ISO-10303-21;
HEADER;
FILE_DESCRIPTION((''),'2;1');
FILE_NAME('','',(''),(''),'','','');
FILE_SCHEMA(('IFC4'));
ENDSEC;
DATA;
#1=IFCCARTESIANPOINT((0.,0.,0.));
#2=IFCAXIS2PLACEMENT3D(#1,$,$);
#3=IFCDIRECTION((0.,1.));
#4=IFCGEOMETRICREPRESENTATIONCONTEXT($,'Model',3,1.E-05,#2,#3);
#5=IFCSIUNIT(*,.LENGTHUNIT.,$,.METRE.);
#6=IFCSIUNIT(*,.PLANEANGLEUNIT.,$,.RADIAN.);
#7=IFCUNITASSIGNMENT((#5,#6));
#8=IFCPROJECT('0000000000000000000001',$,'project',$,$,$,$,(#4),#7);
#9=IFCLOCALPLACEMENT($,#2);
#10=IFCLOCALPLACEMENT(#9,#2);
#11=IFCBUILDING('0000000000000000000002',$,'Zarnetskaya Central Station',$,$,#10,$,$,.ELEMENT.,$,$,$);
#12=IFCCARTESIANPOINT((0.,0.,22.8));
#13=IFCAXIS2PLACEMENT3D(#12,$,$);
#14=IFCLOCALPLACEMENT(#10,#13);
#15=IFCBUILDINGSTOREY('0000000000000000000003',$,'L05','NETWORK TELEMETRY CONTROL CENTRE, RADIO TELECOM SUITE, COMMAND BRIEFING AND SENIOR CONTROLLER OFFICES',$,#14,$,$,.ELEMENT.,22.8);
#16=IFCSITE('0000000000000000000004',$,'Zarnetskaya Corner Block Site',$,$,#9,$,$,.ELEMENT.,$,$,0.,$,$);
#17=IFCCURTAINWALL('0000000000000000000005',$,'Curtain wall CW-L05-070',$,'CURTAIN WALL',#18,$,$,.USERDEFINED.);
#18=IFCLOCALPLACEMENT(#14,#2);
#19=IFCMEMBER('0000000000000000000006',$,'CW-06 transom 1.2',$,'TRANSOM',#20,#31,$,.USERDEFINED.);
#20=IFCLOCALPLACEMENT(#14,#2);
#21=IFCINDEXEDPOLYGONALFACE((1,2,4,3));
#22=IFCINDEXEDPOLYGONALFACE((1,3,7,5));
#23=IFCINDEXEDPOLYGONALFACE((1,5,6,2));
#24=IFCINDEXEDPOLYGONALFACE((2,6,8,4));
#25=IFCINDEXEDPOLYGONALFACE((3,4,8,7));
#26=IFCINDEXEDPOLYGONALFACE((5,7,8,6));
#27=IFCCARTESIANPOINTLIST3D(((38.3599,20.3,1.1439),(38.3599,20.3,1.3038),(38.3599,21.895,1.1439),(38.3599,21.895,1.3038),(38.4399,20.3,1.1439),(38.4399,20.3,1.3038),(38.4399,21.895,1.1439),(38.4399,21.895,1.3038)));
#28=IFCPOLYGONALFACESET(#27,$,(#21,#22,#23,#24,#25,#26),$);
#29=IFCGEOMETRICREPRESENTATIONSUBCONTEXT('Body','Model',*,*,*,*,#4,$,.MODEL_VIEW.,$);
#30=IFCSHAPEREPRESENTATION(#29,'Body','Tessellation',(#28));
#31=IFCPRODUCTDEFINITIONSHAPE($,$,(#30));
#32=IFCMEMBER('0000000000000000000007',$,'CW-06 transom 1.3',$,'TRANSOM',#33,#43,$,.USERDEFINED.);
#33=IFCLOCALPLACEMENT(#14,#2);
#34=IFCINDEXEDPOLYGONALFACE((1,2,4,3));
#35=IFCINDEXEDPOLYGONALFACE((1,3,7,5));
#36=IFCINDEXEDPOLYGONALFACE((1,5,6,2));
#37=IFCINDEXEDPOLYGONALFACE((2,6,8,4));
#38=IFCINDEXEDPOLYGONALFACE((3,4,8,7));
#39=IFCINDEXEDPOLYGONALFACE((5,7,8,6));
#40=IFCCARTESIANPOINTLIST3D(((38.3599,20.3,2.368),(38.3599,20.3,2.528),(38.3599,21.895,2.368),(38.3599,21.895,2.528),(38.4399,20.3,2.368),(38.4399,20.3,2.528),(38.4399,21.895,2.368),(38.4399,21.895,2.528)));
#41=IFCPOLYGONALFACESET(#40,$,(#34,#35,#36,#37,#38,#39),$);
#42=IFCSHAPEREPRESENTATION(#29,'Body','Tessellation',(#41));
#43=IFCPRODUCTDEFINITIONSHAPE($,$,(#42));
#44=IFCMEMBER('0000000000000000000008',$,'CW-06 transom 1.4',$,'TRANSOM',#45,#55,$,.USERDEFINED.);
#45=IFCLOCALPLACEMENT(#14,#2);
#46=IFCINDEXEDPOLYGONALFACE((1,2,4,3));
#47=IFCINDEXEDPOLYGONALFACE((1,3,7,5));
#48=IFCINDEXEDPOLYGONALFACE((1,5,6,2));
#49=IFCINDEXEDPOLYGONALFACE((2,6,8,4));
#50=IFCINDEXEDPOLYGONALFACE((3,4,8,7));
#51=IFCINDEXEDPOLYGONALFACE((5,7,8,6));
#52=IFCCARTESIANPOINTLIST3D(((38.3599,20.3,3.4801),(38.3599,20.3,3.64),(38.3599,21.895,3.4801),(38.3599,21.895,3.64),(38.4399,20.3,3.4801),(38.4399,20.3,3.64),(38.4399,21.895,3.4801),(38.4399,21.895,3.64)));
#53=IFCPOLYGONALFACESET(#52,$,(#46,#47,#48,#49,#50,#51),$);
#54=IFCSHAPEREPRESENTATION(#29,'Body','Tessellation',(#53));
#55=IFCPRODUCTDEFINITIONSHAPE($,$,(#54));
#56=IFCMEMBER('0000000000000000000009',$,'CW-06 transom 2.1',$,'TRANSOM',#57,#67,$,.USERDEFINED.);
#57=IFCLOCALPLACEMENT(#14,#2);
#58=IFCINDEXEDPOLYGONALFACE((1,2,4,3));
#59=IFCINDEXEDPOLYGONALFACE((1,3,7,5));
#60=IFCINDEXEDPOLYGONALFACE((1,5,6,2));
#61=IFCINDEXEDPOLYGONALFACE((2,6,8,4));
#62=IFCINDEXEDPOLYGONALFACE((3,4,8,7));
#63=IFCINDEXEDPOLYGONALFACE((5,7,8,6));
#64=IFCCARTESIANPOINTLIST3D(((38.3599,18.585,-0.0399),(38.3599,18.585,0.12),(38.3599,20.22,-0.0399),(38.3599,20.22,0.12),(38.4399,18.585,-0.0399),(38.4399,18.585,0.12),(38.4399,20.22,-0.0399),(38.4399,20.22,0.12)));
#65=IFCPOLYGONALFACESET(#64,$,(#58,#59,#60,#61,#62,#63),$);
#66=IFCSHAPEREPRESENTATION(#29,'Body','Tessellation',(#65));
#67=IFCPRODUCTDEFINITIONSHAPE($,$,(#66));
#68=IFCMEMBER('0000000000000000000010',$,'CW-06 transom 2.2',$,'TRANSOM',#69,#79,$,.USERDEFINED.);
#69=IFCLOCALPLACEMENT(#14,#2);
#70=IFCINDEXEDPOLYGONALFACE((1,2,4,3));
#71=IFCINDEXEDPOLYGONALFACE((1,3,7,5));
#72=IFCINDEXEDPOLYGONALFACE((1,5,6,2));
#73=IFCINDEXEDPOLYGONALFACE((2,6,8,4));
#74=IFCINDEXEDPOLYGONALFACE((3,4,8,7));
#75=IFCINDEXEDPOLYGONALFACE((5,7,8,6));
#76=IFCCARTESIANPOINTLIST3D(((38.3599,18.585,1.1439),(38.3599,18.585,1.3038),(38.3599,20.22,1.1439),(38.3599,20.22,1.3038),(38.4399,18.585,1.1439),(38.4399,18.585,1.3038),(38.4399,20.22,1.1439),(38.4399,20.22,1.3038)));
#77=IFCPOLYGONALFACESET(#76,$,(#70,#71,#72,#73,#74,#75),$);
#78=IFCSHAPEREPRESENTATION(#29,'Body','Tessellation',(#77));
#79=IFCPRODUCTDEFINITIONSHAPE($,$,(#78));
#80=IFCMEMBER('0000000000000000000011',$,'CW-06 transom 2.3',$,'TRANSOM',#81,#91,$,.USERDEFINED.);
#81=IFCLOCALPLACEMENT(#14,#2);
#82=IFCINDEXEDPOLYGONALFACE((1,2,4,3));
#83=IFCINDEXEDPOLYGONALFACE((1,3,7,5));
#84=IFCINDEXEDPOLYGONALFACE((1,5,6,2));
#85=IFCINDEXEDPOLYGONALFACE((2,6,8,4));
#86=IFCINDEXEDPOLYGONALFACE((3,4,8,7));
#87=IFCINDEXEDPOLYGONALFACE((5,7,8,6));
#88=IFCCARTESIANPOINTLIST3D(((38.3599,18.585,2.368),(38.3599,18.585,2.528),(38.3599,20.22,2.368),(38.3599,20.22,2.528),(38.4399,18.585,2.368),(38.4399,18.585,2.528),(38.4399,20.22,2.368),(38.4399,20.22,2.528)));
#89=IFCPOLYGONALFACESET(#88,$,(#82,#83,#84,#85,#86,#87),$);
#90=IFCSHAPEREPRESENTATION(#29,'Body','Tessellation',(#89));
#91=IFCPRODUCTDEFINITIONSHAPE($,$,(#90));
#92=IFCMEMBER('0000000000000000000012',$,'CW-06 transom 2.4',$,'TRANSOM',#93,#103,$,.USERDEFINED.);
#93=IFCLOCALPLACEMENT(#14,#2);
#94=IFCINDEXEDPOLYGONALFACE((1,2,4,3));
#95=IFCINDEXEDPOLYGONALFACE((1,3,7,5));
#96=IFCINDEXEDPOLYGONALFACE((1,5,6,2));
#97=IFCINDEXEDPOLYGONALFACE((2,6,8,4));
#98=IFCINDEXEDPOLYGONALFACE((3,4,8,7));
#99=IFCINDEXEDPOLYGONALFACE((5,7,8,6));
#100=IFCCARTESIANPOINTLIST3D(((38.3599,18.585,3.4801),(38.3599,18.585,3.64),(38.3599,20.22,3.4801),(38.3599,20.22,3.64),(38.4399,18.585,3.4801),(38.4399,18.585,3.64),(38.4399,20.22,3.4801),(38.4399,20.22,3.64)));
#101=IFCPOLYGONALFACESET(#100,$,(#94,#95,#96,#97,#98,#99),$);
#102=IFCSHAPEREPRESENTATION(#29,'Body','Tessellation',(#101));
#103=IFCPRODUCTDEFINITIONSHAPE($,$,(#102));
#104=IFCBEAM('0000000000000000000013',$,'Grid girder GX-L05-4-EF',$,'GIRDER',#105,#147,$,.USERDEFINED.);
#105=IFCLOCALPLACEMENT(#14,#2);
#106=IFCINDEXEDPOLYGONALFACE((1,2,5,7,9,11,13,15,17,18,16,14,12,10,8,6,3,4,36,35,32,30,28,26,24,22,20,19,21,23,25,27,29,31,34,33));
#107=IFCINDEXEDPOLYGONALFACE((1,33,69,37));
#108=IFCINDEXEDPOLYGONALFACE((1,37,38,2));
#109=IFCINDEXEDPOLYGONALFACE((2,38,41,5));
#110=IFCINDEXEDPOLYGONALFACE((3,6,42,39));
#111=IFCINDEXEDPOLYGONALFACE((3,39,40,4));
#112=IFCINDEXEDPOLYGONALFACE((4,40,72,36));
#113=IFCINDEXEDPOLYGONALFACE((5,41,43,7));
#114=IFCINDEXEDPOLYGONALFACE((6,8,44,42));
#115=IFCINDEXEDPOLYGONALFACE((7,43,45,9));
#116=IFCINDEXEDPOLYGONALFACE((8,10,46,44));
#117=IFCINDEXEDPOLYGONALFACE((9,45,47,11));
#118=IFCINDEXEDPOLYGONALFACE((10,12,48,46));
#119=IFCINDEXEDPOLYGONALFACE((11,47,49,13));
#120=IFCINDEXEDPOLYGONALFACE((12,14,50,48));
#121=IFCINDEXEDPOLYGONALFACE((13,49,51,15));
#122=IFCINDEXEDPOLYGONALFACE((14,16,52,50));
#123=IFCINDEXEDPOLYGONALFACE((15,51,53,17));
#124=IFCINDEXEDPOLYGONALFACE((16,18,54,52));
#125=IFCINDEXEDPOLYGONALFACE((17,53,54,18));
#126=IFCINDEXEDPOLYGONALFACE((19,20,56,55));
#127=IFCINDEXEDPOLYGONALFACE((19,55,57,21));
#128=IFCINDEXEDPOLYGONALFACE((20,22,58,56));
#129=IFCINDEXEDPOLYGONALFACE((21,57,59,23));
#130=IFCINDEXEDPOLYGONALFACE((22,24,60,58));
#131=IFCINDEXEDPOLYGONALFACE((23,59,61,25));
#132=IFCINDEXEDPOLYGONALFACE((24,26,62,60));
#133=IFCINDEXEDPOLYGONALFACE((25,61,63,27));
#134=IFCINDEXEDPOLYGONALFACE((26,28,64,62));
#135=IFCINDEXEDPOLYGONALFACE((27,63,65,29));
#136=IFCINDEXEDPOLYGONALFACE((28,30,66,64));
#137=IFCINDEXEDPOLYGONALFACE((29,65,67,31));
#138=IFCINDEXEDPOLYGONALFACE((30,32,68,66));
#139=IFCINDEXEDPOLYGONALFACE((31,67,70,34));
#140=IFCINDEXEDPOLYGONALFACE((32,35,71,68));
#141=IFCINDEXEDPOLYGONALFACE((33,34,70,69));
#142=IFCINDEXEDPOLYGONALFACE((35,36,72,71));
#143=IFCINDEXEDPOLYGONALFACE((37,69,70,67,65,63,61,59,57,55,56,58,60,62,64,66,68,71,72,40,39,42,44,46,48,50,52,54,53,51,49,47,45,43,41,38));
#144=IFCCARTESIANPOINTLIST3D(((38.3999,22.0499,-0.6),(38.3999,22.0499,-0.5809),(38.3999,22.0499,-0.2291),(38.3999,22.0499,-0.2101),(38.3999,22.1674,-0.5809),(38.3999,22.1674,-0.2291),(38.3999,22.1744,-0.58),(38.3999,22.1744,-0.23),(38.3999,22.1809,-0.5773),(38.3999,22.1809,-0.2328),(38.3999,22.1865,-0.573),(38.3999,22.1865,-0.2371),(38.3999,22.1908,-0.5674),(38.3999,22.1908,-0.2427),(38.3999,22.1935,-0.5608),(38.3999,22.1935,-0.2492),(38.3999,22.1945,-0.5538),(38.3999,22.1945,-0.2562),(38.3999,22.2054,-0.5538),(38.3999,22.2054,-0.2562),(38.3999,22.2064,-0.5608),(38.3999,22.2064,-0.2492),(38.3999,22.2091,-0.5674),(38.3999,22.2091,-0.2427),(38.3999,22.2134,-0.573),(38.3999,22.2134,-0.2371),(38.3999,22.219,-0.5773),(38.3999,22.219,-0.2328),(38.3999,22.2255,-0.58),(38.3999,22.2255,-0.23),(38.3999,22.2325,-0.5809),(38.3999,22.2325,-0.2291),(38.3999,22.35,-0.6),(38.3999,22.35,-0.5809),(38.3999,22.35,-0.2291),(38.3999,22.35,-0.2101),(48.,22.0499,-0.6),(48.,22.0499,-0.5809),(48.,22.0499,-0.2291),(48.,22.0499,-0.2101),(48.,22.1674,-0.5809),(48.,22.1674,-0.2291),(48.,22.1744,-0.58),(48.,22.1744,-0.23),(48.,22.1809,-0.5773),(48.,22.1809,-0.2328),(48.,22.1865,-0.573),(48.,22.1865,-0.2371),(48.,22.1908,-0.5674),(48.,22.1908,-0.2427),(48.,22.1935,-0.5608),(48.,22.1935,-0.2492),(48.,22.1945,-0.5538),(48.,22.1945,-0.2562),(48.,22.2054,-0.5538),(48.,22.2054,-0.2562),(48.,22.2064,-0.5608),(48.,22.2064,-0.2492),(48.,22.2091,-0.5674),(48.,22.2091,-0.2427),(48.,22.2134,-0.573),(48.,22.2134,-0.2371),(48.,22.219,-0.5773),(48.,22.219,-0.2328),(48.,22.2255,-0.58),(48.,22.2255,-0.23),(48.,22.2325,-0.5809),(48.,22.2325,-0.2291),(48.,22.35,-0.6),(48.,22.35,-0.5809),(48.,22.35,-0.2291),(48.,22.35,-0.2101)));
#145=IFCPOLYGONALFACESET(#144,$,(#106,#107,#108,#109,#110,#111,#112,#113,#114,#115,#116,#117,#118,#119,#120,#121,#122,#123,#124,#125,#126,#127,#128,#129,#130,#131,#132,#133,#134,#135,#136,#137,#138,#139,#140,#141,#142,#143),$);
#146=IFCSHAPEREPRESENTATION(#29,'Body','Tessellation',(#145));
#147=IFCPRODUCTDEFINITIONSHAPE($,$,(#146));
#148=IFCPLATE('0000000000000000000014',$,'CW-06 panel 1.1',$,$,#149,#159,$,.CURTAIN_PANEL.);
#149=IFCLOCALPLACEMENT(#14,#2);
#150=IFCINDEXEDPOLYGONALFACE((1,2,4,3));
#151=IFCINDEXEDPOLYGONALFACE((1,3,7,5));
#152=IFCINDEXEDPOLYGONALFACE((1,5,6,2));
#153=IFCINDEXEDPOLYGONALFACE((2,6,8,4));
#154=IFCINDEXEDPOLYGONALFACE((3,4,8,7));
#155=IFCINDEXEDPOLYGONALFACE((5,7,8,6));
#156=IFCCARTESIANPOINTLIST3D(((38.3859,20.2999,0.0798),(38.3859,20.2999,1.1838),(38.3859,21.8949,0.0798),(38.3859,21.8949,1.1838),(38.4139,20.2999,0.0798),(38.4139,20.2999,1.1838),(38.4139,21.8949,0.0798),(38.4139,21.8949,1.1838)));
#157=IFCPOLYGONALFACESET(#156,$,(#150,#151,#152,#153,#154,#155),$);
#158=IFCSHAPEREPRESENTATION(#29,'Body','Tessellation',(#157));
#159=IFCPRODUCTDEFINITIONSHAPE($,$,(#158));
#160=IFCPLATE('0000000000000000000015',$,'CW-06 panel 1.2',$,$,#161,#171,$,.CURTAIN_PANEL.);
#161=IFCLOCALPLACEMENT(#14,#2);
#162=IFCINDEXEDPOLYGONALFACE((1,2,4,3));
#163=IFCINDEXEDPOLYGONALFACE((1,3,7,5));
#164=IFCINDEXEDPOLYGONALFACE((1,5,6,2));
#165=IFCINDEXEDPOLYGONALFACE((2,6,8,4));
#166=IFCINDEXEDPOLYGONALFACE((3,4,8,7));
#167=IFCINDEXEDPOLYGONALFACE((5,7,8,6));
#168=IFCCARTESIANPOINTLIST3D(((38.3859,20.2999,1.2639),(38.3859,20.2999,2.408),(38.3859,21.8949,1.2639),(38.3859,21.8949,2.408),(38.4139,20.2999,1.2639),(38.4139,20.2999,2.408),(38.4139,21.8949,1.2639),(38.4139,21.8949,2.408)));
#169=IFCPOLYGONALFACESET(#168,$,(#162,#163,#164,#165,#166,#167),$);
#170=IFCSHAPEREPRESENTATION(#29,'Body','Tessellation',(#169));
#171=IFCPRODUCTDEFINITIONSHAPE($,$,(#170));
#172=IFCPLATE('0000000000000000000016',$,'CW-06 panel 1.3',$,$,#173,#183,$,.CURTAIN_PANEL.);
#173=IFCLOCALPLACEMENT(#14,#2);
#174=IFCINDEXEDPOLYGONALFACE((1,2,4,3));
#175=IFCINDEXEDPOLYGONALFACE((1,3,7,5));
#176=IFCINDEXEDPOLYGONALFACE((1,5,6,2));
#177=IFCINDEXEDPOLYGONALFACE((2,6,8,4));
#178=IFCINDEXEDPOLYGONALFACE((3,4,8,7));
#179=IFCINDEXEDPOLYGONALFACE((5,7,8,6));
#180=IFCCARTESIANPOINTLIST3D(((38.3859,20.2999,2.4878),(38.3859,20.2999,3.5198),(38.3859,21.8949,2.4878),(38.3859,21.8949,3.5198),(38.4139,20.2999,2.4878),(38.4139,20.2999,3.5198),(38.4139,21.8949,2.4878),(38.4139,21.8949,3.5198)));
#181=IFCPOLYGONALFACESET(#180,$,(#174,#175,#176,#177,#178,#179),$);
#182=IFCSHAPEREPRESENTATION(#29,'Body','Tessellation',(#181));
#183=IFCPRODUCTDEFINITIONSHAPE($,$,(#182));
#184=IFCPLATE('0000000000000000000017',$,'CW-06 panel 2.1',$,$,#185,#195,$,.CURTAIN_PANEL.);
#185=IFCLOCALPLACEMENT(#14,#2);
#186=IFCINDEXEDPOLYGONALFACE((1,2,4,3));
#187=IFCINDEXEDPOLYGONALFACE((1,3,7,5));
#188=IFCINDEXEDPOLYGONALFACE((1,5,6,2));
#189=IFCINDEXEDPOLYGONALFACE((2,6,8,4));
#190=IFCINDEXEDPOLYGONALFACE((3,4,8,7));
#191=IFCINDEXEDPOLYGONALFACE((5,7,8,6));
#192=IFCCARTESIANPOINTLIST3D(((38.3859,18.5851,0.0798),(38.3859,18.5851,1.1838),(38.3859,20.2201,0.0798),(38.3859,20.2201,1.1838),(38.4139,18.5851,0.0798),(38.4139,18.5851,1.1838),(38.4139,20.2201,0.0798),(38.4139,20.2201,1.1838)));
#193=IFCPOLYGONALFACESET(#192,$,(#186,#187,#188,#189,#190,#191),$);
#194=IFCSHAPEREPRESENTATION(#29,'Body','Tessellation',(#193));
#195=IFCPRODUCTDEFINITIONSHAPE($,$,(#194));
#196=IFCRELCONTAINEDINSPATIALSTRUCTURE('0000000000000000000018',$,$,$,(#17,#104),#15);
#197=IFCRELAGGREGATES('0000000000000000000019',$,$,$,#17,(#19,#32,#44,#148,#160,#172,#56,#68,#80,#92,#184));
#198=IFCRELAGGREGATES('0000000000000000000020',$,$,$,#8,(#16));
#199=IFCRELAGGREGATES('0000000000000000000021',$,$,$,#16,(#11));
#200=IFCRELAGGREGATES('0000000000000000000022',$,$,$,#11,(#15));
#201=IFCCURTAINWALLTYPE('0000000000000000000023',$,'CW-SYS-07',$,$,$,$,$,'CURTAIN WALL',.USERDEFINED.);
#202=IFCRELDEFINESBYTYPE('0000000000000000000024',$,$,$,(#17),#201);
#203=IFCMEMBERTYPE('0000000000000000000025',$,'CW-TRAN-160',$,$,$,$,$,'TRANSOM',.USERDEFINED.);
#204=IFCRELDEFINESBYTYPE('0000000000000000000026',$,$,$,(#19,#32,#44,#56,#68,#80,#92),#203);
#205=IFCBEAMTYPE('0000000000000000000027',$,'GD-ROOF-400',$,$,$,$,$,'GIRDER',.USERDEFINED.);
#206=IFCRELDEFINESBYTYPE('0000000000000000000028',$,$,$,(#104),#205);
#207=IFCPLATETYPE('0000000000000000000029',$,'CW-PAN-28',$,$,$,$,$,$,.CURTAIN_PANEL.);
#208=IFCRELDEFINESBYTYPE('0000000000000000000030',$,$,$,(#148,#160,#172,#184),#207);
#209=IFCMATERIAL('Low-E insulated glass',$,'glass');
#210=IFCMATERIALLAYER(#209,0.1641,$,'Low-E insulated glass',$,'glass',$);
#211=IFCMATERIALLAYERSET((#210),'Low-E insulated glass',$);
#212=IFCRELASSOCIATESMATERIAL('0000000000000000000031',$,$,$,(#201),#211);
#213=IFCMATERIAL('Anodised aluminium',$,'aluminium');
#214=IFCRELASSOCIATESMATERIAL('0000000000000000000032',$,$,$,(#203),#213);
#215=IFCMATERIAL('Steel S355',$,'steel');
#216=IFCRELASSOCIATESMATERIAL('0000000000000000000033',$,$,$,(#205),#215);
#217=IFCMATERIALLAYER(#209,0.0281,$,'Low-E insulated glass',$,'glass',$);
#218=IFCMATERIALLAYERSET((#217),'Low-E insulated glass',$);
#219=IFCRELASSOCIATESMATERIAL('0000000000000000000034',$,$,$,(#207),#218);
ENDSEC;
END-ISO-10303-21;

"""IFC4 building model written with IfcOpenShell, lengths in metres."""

from ifc_helpers import new_model, si_unit, direction, frame, origin, origin_2d, place, context, subcontext, project, spatial, rectangle, i_section, extrude, material, layer, layer_set, material_profile, profile_set, type_object, element, aggregate, save


model = new_model("IFC4")

# Units and contexts
model_context = context("Model", 3, precision=1e-05, world=origin(), true_north=direction((0.0, 1.0)))
body_context = subcontext(model_context, "Body", "Model", "MODEL_VIEW")
ifc_project = project(units=[si_unit("LENGTHUNIT", "METRE"), si_unit("PLANEANGLEUNIT", "RADIAN")], contexts=[model_context])

# Site, building, storey
site_placement = place(None, origin())
site = spatial("IfcSite", under=ifc_project, at=site_placement, Name="Zarnetskaya Corner Block Site", CompositionType="ELEMENT", RefElevation=0.0)
building_placement = place(site_placement, origin())
building = spatial("IfcBuilding", under=site, at=building_placement, Name="Zarnetskaya Central Station", CompositionType="ELEMENT")
storey_placement = place(building_placement, frame((0.0, 0.0, 22.8)))
storey = spatial("IfcBuildingStorey", under=building, at=storey_placement, Name="L05", Description="NETWORK TELEMETRY CONTROL CENTRE, RADIO TELECOM SUITE, COMMAND BRIEFING AND SENIOR CONTROLLER OFFICES", CompositionType="ELEMENT", Elevation=22.8)

# Shared definitions
ifc_material_1 = material(Name="Steel S355", Category="steel")

# Curtain wall, members
ifc_material_2 = material(Name="Low-E insulated glass", Category="glass")
ifc_layer_1 = layer(ifc_material_2, 0.1641, Name="Low-E insulated glass", Category="glass")
ifc_layer_set_1 = layer_set([ifc_layer_1], Name="Low-E insulated glass")
curtain_wall_type = type_object("IfcCurtainWallType", Name="CW-SYS-07", ElementType="CURTAIN WALL", PredefinedType="USERDEFINED", material=ifc_layer_set_1)
curtain_wall_placement = place(storey_placement, origin())
curtain_wall = element("IfcCurtainWall", 1, at=curtain_wall_placement, inside=storey, type_object=curtain_wall_type, Name="Curtain wall CW-L05-070", ObjectType="CURTAIN WALL", PredefinedType="USERDEFINED")
ifc_material_3 = material(Name="Anodised aluminium", Category="aluminium")
ifc_material_profile_1 = material_profile(ifc_material_3, rectangle(XDim=0.0801, YDim=0.1599, at=origin_2d()), Name="ALU TRAN 80x160")
ifc_profile_set_1 = profile_set([ifc_material_profile_1], Name="Anodised aluminium")
member_type_1 = type_object("IfcMemberType", Name="CW-TRAN-160", ElementType="TRANSOM", PredefinedType="USERDEFINED", material=ifc_profile_set_1)
member_1_placement = place(storey_placement, frame((38.3999, 21.895, 1.2239), z_axis=(0.0, -1.0, 0.0), x_axis=(1.0, 0.0, 0.0)))
member_1 = element("IfcMember", 2, at=member_1_placement, type_object=member_type_1, Name="CW-06 transom 1.2", ObjectType="TRANSOM", PredefinedType="USERDEFINED", context=body_context, shape_type="SweptSolid", body=[
    extrude(rectangle(XDim=0.0801, YDim=0.1599, at=origin_2d()), origin(), (0.0, 0.0, 1.0), 1.595),
])
member_2_placement = place(storey_placement, frame((38.3999, 21.895, 2.448), z_axis=(0.0, -1.0, 0.0), x_axis=(1.0, 0.0, 0.0)))
member_2 = element("IfcMember", 3, at=member_2_placement, type_object=member_type_1, Name="CW-06 transom 1.3", ObjectType="TRANSOM", PredefinedType="USERDEFINED", context=body_context, shape_type="SweptSolid", body=[
    extrude(rectangle(XDim=0.0801, YDim=0.1599, at=origin_2d()), origin(), (0.0, 0.0, 1.0), 1.595),
])
member_3_placement = place(storey_placement, frame((38.3999, 21.895, 3.5601), z_axis=(0.0, -1.0, 0.0), x_axis=(1.0, 0.0, 0.0)))
member_3 = element("IfcMember", 4, at=member_3_placement, type_object=member_type_1, Name="CW-06 transom 1.4", ObjectType="TRANSOM", PredefinedType="USERDEFINED", context=body_context, shape_type="SweptSolid", body=[
    extrude(rectangle(XDim=0.0801, YDim=0.1599, at=origin_2d()), origin(), (0.0, 0.0, 1.0), 1.595),
])
member_4_placement = place(storey_placement, frame((38.3999, 20.22, 0.04), z_axis=(0.0, -1.0, 0.0), x_axis=(1.0, 0.0, 0.0)))
member_4 = element("IfcMember", 5, at=member_4_placement, type_object=member_type_1, Name="CW-06 transom 2.1", ObjectType="TRANSOM", PredefinedType="USERDEFINED", context=body_context, shape_type="SweptSolid", body=[
    extrude(rectangle(XDim=0.0801, YDim=0.1599, at=origin_2d()), origin(), (0.0, 0.0, 1.0), 1.635),
])
member_5_placement = place(storey_placement, frame((38.3999, 20.22, 1.2239), z_axis=(0.0, -1.0, 0.0), x_axis=(1.0, 0.0, 0.0)))
member_5 = element("IfcMember", 6, at=member_5_placement, type_object=member_type_1, Name="CW-06 transom 2.2", ObjectType="TRANSOM", PredefinedType="USERDEFINED", context=body_context, shape_type="SweptSolid", body=[
    extrude(rectangle(XDim=0.0801, YDim=0.1599, at=origin_2d()), origin(), (0.0, 0.0, 1.0), 1.635),
])
member_6_placement = place(storey_placement, frame((38.3999, 20.22, 2.448), z_axis=(0.0, -1.0, 0.0), x_axis=(1.0, 0.0, 0.0)))
member_6 = element("IfcMember", 7, at=member_6_placement, type_object=member_type_1, Name="CW-06 transom 2.3", ObjectType="TRANSOM", PredefinedType="USERDEFINED", context=body_context, shape_type="SweptSolid", body=[
    extrude(rectangle(XDim=0.0801, YDim=0.1599, at=origin_2d()), origin(), (0.0, 0.0, 1.0), 1.635),
])
member_7_placement = place(storey_placement, frame((38.3999, 20.22, 3.5601), z_axis=(0.0, -1.0, 0.0), x_axis=(1.0, 0.0, 0.0)))
member_7 = element("IfcMember", 8, at=member_7_placement, type_object=member_type_1, Name="CW-06 transom 2.4", ObjectType="TRANSOM", PredefinedType="USERDEFINED", context=body_context, shape_type="SweptSolid", body=[
    extrude(rectangle(XDim=0.0801, YDim=0.1599, at=origin_2d()), origin(), (0.0, 0.0, 1.0), 1.635),
])

# Beam
ifc_material_profile_2 = material_profile(ifc_material_1, i_section(OverallWidth=0.3, OverallDepth=0.3899, WebThickness=0.011, FlangeThickness=0.019, FilletRadius=0.0271, at=origin_2d()), Name="HEA 400")
ifc_profile_set_2 = profile_set([ifc_material_profile_2], Name="Steel S355")
beam_type_1 = type_object("IfcBeamType", Name="GD-ROOF-400", ElementType="GIRDER", PredefinedType="USERDEFINED", material=ifc_profile_set_2)
beam_1_placement = place(storey_placement, frame((38.3999, 22.2, -0.405), z_axis=(1.0, 0.0, 0.0), x_axis=(0.0, 1.0, 0.0)))
element("IfcBeam", 9, at=beam_1_placement, inside=storey, type_object=beam_type_1, Name="Grid girder GX-L05-4-EF", ObjectType="GIRDER", PredefinedType="USERDEFINED", context=body_context, shape_type="SweptSolid", body=[
    extrude(i_section(OverallWidth=0.3, OverallDepth=0.3899, WebThickness=0.011, FlangeThickness=0.019, FilletRadius=0.0271, at=origin_2d()), origin(), (0.0, 0.0, 1.0), 9.6001),
])

# Plates
ifc_layer_2 = layer(ifc_material_2, 0.0281, Name="Low-E insulated glass", Category="glass")
ifc_layer_set_2 = layer_set([ifc_layer_2], Name="Low-E insulated glass")
plate_type = type_object("IfcPlateType", Name="CW-PAN-28", PredefinedType="CURTAIN_PANEL", material=ifc_layer_set_2)
plate_1_placement = place(storey_placement, frame((38.3999, 21.0974, 0.0798), z_axis=(0.0, 0.0, 1.0), x_axis=(0.0, -1.0, 0.0)))
plate_1 = element("IfcPlate", 10, at=plate_1_placement, type_object=plate_type, Name="CW-06 panel 1.1", PredefinedType="CURTAIN_PANEL", context=body_context, shape_type="SweptSolid", body=[
    extrude(rectangle(XDim=1.595, YDim=0.0281, at=origin_2d()), origin(), (0.0, 0.0, 1.0), 1.104),
])
plate_2_placement = place(storey_placement, frame((38.3999, 21.0974, 1.2639), z_axis=(0.0, 0.0, 1.0), x_axis=(0.0, -1.0, 0.0)))
plate_2 = element("IfcPlate", 11, at=plate_2_placement, type_object=plate_type, Name="CW-06 panel 1.2", PredefinedType="CURTAIN_PANEL", context=body_context, shape_type="SweptSolid", body=[
    extrude(rectangle(XDim=1.595, YDim=0.0281, at=origin_2d()), origin(), (0.0, 0.0, 1.0), 1.144),
])
plate_3_placement = place(storey_placement, frame((38.3999, 21.0974, 2.4878), z_axis=(0.0, 0.0, 1.0), x_axis=(0.0, -1.0, 0.0)))
plate_3 = element("IfcPlate", 12, at=plate_3_placement, type_object=plate_type, Name="CW-06 panel 1.3", PredefinedType="CURTAIN_PANEL", context=body_context, shape_type="SweptSolid", body=[
    extrude(rectangle(XDim=1.595, YDim=0.0281, at=origin_2d()), origin(), (0.0, 0.0, 1.0), 1.032),
])
plate_4_placement = place(storey_placement, frame((38.3999, 19.4026, 0.0798), z_axis=(0.0, 0.0, 1.0), x_axis=(0.0, -1.0, 0.0)))
plate_4 = element("IfcPlate", 13, at=plate_4_placement, type_object=plate_type, Name="CW-06 panel 2.1", PredefinedType="CURTAIN_PANEL", context=body_context, shape_type="SweptSolid", body=[
    extrude(rectangle(XDim=1.635, YDim=0.0281, at=origin_2d()), origin(), (0.0, 0.0, 1.0), 1.104),
])
aggregate(curtain_wall, [member_1, member_2, member_3, plate_1, plate_2, plate_3, member_4, member_5, member_6, member_7, plate_4])

save(model, "model.ifc")
